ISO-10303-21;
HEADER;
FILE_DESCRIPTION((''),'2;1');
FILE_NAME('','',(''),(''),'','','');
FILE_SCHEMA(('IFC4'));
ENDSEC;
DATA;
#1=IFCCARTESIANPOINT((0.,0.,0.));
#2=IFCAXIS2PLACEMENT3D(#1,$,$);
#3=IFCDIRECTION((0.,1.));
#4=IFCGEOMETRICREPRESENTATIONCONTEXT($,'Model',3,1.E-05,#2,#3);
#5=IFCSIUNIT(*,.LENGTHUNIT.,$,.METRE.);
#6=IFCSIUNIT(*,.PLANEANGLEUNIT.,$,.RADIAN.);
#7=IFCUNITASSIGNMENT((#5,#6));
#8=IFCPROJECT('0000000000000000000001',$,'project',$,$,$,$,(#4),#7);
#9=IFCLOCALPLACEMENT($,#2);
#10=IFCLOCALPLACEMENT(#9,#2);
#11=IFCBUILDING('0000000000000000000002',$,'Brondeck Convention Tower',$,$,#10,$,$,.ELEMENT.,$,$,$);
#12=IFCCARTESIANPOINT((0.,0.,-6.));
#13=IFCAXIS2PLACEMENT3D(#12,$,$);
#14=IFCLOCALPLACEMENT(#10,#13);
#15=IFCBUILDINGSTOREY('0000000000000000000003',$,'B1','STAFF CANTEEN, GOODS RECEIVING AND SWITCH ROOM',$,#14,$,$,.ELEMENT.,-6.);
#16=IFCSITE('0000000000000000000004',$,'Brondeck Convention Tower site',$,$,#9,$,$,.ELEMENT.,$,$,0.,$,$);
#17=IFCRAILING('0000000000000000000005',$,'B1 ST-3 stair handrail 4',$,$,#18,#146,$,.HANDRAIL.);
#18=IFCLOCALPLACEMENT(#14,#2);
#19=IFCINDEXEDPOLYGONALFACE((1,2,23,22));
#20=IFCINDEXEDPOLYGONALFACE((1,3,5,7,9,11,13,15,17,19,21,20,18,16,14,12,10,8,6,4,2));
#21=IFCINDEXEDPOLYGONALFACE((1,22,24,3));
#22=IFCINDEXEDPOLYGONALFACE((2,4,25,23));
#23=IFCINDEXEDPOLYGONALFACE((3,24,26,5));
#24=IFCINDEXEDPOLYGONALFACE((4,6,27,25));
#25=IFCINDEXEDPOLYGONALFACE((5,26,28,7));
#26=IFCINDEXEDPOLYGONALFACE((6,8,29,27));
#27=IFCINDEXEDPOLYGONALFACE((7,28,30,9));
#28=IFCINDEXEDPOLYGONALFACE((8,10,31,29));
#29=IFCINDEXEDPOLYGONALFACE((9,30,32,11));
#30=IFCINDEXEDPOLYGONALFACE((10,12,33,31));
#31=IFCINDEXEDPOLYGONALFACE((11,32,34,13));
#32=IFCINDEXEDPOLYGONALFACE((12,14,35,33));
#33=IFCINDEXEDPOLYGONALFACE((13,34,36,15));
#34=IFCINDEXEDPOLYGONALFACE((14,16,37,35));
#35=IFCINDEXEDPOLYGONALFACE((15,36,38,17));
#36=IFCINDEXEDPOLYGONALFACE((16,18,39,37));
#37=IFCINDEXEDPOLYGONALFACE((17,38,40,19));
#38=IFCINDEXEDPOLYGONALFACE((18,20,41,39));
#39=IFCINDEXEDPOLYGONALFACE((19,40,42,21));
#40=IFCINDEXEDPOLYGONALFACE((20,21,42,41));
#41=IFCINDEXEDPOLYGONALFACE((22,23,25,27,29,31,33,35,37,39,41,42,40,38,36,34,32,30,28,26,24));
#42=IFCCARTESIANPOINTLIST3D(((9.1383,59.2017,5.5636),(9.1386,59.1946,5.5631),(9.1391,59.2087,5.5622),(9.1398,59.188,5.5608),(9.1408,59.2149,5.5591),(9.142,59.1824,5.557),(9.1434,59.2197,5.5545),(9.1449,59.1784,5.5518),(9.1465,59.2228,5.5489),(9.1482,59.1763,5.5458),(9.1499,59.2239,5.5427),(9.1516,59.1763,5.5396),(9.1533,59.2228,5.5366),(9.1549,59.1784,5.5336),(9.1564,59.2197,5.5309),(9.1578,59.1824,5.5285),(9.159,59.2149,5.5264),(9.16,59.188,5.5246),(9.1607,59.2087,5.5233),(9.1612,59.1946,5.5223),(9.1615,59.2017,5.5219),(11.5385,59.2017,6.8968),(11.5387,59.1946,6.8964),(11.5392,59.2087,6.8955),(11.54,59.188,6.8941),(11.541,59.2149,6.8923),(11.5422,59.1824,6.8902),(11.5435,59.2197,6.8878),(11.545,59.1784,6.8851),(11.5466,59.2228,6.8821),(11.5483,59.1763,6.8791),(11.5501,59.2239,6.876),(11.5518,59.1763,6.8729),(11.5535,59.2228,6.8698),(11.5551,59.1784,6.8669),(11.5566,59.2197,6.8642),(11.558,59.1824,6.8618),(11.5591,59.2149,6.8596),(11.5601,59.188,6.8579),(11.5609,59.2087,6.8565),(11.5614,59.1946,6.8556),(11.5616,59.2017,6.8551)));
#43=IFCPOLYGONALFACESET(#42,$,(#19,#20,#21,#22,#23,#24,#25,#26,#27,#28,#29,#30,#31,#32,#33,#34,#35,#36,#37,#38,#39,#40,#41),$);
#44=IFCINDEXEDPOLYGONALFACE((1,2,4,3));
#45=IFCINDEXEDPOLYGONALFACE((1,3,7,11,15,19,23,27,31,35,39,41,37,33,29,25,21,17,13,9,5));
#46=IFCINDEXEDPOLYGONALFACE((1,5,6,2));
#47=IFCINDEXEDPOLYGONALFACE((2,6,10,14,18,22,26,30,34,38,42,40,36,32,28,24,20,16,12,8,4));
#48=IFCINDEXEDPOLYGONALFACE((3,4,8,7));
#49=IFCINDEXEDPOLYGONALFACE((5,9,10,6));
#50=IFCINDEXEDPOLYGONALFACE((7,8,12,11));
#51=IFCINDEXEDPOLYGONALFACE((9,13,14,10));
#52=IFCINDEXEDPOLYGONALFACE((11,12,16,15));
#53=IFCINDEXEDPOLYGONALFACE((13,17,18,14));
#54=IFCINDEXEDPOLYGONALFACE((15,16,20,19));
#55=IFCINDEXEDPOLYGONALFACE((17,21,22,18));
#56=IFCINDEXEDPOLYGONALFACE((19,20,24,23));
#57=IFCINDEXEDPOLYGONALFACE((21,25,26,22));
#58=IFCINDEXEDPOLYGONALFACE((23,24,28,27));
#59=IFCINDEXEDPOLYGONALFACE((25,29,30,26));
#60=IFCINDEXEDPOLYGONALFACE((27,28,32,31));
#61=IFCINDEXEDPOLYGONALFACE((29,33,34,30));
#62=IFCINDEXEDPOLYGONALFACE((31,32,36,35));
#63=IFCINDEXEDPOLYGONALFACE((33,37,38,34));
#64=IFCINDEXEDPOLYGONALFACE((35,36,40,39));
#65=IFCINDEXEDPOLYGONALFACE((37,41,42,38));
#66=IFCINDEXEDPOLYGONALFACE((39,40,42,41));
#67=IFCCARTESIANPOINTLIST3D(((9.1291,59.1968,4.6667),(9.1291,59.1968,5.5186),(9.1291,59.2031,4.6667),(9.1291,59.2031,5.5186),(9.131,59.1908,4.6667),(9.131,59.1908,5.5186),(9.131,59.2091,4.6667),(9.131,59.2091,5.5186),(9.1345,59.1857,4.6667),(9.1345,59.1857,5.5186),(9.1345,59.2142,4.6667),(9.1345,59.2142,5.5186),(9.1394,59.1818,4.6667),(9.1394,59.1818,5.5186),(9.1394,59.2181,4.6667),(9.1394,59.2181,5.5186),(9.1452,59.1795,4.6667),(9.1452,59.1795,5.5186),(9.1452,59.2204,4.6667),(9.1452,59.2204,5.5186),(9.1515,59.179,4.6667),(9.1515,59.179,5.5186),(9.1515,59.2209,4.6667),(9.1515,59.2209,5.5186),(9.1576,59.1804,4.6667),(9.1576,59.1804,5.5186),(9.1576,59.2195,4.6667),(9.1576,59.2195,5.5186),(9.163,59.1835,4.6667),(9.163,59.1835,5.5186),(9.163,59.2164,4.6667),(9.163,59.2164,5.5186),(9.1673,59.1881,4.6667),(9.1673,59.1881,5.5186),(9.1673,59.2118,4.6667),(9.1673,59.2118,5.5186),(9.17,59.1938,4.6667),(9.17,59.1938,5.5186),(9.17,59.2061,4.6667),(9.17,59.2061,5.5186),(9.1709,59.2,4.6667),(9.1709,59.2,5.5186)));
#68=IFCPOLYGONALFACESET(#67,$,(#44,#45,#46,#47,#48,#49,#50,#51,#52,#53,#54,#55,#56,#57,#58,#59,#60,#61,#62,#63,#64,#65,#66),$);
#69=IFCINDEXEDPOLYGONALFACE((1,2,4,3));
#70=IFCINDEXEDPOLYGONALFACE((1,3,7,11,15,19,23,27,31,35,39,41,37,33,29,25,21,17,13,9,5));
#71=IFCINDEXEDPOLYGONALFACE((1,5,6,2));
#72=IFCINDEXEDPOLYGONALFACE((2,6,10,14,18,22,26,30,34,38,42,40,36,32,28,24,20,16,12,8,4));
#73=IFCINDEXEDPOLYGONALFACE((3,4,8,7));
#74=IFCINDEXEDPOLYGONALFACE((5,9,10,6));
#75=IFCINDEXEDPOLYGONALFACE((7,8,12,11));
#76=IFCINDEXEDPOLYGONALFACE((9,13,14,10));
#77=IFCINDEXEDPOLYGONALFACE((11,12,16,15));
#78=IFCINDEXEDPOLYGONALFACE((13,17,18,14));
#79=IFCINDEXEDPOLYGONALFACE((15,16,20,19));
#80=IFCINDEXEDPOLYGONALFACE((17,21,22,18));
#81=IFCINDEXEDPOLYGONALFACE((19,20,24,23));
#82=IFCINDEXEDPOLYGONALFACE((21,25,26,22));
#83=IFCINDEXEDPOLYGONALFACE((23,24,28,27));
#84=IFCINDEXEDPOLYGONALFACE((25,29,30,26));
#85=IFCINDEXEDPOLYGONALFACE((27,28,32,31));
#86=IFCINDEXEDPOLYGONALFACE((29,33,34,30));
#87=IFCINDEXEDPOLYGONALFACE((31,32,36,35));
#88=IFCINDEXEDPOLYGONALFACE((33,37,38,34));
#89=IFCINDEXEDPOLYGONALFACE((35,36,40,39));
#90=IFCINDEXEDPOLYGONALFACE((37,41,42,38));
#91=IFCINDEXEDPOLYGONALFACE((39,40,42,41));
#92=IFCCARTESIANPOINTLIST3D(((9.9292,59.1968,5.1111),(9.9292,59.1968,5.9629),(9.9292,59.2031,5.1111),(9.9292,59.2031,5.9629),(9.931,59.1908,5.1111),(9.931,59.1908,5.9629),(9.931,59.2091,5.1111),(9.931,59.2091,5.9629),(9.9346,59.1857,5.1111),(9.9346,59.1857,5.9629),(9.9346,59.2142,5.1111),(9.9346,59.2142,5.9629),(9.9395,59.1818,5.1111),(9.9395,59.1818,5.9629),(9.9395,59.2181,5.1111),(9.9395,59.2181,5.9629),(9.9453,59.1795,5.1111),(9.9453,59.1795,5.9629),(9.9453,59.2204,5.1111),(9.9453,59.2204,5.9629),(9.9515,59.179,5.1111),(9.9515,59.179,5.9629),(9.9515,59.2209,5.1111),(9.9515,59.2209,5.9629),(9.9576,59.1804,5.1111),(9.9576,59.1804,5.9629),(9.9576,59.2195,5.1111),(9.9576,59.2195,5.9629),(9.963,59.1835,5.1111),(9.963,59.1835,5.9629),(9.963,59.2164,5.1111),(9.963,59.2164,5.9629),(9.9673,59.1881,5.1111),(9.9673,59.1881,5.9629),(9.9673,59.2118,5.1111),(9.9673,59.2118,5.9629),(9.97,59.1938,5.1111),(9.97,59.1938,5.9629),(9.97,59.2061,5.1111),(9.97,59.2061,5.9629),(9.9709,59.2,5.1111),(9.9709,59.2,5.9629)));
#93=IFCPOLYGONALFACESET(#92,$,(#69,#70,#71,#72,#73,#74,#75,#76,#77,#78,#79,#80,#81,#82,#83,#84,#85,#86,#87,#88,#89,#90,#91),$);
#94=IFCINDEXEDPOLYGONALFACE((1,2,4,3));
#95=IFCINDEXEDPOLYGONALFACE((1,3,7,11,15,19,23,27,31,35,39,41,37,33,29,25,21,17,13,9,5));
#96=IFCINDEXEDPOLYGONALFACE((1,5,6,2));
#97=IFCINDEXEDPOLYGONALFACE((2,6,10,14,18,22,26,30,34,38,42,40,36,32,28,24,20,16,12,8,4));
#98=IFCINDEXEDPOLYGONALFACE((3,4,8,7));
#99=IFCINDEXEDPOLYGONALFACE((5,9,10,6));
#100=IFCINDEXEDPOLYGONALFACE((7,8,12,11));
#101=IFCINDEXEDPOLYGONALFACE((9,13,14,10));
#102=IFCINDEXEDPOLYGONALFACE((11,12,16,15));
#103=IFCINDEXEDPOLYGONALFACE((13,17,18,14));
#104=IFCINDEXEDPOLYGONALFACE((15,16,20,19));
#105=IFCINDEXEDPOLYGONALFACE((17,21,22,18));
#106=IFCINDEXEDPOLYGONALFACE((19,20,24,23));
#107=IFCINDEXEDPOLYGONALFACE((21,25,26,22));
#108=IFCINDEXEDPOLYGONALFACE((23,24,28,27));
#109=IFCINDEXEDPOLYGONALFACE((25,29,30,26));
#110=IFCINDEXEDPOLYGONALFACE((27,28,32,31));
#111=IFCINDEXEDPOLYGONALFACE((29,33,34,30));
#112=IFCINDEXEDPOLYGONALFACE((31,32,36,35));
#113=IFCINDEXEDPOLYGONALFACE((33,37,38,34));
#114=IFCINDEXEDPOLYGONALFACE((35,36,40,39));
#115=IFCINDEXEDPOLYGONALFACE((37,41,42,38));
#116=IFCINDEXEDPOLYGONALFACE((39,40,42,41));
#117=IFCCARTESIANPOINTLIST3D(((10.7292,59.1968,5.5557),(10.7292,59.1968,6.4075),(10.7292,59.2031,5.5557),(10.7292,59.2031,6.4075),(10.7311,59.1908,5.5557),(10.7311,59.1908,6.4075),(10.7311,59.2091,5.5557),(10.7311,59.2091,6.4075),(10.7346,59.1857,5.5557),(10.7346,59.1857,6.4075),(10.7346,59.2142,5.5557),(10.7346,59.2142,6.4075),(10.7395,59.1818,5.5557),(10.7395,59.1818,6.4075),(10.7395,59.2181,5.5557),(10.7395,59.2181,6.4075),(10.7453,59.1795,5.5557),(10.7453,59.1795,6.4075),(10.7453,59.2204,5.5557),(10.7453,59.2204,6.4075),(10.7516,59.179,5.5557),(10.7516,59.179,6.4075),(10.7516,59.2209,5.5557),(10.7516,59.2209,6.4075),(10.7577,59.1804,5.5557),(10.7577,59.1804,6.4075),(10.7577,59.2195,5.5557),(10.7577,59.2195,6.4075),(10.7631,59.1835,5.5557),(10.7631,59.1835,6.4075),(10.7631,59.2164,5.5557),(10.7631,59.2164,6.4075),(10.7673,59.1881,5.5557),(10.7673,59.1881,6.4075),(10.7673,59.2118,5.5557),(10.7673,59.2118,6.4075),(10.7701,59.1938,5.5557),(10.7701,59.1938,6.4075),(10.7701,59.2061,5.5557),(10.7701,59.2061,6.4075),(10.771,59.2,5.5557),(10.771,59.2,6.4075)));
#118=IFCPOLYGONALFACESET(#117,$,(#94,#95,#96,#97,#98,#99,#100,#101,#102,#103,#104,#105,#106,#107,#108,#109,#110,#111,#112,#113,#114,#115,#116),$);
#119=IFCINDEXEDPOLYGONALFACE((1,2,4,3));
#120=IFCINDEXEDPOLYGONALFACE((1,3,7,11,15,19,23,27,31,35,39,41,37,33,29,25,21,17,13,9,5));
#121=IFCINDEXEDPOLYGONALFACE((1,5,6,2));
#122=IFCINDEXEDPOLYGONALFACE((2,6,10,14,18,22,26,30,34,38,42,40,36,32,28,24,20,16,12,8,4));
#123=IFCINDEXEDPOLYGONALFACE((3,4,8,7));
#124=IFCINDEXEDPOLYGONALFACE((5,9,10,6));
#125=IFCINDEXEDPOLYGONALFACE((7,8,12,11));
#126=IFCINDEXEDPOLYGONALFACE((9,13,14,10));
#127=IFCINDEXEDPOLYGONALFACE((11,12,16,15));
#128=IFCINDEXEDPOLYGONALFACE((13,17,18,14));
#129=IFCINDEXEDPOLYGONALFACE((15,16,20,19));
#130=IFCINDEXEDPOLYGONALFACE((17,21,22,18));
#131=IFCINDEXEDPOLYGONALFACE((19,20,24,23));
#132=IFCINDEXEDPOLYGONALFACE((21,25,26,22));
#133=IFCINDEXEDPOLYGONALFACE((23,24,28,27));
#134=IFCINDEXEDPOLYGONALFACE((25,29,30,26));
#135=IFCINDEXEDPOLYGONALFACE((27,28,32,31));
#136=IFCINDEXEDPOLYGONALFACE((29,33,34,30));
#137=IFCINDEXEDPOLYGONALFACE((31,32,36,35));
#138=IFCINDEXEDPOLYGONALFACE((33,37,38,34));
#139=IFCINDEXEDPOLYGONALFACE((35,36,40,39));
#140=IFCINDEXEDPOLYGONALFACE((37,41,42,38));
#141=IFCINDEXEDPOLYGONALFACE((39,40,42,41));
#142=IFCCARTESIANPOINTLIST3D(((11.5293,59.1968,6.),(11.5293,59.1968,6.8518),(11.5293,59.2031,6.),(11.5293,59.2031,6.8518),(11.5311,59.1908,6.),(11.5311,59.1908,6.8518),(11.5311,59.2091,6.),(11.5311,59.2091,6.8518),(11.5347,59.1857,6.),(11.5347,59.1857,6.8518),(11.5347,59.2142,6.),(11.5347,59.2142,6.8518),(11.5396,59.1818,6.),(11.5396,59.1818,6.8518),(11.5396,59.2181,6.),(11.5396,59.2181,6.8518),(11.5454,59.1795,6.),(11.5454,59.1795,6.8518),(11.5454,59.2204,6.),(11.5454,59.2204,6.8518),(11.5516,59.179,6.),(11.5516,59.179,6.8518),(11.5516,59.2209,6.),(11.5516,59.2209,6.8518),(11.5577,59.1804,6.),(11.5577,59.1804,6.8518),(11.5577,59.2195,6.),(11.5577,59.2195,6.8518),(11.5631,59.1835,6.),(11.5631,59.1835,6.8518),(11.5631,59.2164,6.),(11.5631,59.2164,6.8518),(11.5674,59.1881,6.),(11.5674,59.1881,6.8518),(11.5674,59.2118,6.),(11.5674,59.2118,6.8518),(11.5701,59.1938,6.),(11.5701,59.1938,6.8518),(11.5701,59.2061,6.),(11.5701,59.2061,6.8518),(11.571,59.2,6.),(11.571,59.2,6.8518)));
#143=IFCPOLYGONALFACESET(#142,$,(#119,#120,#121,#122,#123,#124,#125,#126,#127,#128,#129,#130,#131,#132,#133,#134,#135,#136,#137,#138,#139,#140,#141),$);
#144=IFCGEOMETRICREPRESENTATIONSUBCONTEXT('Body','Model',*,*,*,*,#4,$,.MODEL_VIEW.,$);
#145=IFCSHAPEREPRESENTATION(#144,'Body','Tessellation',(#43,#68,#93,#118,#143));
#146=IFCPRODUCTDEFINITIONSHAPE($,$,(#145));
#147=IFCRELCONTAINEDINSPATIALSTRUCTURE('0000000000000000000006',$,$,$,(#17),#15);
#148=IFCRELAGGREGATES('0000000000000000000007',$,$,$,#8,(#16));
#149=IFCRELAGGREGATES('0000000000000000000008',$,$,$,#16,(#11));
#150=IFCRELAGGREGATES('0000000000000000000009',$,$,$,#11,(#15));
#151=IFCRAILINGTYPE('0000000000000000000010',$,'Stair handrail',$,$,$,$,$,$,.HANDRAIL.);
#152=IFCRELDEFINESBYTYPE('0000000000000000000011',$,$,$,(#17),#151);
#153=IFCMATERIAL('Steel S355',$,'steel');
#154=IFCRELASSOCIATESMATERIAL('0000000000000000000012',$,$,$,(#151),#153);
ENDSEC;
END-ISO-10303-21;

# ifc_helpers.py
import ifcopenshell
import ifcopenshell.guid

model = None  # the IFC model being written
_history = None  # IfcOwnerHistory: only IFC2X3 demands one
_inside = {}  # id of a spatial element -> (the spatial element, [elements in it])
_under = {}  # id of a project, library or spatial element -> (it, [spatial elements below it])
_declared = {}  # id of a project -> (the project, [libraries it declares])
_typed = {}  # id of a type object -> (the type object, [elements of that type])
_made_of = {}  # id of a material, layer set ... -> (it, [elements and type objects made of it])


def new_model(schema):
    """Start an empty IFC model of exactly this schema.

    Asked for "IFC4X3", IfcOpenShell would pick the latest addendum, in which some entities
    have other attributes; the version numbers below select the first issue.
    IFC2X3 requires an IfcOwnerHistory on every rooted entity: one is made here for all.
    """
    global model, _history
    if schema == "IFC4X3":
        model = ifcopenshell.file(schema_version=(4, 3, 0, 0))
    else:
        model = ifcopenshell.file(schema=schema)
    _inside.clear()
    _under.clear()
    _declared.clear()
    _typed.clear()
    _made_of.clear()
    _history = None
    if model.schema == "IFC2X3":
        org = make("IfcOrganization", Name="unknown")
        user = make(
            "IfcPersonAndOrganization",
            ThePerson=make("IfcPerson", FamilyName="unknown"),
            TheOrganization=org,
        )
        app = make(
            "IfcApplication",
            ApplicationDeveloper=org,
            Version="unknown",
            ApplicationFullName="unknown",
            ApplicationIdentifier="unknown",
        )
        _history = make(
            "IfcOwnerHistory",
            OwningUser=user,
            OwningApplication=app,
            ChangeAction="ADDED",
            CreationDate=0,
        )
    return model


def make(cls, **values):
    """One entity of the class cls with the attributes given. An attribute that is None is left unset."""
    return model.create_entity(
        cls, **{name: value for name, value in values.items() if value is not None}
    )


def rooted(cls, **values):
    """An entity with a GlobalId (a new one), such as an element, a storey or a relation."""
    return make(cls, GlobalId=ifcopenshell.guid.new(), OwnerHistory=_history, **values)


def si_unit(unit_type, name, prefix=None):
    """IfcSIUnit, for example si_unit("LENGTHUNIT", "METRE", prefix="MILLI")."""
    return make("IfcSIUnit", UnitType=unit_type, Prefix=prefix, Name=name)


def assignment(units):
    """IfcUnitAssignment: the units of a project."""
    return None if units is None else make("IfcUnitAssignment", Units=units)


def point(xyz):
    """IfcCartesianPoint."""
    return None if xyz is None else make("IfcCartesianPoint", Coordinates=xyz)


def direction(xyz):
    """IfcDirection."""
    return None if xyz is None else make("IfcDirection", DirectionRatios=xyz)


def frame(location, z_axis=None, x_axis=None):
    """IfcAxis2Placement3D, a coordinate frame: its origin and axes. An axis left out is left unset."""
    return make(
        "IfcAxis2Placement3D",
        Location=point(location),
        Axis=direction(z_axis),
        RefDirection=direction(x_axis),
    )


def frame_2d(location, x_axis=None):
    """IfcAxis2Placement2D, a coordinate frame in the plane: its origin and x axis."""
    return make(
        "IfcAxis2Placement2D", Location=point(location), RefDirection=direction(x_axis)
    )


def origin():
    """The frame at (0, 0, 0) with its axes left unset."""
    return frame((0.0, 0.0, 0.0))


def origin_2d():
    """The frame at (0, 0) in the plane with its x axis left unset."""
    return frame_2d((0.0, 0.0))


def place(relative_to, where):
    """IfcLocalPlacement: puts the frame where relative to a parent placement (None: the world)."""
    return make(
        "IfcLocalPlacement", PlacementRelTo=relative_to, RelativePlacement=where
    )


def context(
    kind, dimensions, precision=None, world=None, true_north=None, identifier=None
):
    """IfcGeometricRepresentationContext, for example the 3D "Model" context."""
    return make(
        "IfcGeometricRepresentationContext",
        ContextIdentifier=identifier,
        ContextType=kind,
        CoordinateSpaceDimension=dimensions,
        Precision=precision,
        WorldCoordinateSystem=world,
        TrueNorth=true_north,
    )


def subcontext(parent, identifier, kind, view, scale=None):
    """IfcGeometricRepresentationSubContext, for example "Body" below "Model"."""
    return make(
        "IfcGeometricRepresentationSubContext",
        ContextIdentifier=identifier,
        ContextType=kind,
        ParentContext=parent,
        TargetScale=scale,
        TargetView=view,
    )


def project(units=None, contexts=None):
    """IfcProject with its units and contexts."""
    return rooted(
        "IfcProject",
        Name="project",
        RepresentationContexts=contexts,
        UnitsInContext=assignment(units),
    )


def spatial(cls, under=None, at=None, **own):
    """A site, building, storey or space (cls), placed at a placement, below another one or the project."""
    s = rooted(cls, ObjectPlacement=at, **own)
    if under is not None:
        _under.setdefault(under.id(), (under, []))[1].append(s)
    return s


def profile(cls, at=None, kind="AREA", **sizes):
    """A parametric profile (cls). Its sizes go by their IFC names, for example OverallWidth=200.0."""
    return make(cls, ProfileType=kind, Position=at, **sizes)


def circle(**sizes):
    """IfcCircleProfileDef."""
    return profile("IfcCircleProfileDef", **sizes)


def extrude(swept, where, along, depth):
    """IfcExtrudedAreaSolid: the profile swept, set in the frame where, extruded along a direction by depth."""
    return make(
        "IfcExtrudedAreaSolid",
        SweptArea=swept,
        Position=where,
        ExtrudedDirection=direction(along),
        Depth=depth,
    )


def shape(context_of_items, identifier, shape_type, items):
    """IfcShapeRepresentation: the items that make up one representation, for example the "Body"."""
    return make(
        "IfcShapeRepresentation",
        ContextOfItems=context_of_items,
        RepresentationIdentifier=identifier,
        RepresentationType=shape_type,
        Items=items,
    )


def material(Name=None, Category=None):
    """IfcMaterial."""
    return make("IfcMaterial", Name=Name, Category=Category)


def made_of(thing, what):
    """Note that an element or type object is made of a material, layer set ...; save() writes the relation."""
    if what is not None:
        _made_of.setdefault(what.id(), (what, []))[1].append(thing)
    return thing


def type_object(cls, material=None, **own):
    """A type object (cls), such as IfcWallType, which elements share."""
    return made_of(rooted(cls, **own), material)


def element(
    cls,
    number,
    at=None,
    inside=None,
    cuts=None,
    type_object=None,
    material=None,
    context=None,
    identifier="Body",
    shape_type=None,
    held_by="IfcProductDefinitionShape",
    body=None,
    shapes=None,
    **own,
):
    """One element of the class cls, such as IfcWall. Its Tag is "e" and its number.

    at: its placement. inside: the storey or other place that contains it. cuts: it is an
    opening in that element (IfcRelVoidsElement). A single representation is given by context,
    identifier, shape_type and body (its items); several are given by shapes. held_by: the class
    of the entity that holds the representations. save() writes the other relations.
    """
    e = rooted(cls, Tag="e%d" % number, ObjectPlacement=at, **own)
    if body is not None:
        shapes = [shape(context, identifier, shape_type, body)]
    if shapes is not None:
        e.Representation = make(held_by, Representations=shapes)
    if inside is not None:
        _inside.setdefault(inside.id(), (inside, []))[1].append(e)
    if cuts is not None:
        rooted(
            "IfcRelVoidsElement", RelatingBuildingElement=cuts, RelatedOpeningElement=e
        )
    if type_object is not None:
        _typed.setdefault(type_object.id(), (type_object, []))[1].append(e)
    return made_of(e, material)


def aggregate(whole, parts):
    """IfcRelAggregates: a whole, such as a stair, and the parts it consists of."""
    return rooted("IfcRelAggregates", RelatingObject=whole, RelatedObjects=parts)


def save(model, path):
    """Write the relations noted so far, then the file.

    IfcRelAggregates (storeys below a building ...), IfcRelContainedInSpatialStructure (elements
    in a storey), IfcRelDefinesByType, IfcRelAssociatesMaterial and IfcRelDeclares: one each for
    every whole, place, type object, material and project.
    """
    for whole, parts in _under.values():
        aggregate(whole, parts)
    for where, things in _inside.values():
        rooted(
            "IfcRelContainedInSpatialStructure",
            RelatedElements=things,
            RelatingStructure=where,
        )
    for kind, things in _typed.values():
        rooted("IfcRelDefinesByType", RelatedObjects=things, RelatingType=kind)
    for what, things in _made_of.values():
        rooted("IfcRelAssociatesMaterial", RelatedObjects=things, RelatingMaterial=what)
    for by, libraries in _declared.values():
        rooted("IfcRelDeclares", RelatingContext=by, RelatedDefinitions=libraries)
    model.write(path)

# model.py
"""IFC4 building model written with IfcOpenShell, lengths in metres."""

from ifc_helpers import new_model, si_unit, direction, frame, origin, origin_2d, place, context, subcontext, project, spatial, circle, extrude, material, type_object, element, save


model = new_model("IFC4")

# Units and contexts
model_context = context("Model", 3, precision=1e-05, world=origin(), true_north=direction((0.0, 1.0)))
body_context = subcontext(model_context, "Body", "Model", "MODEL_VIEW")
ifc_project = project(units=[si_unit("LENGTHUNIT", "METRE"), si_unit("PLANEANGLEUNIT", "RADIAN")], contexts=[model_context])

# Site, building, storey
site_placement = place(None, origin())
site = spatial("IfcSite", under=ifc_project, at=site_placement, Name="Brondeck Convention Tower site", CompositionType="ELEMENT", RefElevation=0.0)
building_placement = place(site_placement, origin())
building = spatial("IfcBuilding", under=site, at=building_placement, Name="Brondeck Convention Tower", CompositionType="ELEMENT")
storey_placement = place(building_placement, frame((0.0, 0.0, -6.0)))
storey = spatial("IfcBuildingStorey", under=building, at=storey_placement, Name="B1", Description="STAFF CANTEEN, GOODS RECEIVING AND SWITCH ROOM", CompositionType="ELEMENT", Elevation=-6.0)

# Shared definitions
ifc_material_1 = material(Name="Steel S355", Category="steel")

# Railing
railing_type_1 = type_object("IfcRailingType", Name="Stair handrail", PredefinedType="HANDRAIL", material=ifc_material_1)
railing_1_placement = place(storey_placement, frame((9.1499, 59.2, 4.6667)))
element("IfcRailing", 1, at=railing_1_placement, inside=storey, type_object=railing_type_1, Name="B1 ST-3 stair handrail 4", PredefinedType="HANDRAIL", context=body_context, shape_type="SweptSolid", body=[
    extrude(circle(Radius=0.0239, at=origin_2d()), frame((0.0, 0.0, 0.876), z_axis=(0.874182, 0.0, 0.485598), x_axis=(0.0, 1.0, 0.0)), (0.0, 0.0, 1.0), 2.7456),
    extrude(circle(Radius=0.021, at=origin_2d()), origin(), (0.0, 0.0, 1.0), 0.8518),
    extrude(circle(Radius=0.021, at=origin_2d()), frame((0.8, 0.0, 0.4443)), (0.0, 0.0, 1.0), 0.8518),
    extrude(circle(Radius=0.021, at=origin_2d()), frame((1.6001, 0.0, 0.8889)), (0.0, 0.0, 1.0), 0.8518),
    extrude(circle(Radius=0.021, at=origin_2d()), frame((2.4001, 0.0, 1.3333)), (0.0, 0.0, 1.0), 0.8518),
])

save(model, "model.ifc")
